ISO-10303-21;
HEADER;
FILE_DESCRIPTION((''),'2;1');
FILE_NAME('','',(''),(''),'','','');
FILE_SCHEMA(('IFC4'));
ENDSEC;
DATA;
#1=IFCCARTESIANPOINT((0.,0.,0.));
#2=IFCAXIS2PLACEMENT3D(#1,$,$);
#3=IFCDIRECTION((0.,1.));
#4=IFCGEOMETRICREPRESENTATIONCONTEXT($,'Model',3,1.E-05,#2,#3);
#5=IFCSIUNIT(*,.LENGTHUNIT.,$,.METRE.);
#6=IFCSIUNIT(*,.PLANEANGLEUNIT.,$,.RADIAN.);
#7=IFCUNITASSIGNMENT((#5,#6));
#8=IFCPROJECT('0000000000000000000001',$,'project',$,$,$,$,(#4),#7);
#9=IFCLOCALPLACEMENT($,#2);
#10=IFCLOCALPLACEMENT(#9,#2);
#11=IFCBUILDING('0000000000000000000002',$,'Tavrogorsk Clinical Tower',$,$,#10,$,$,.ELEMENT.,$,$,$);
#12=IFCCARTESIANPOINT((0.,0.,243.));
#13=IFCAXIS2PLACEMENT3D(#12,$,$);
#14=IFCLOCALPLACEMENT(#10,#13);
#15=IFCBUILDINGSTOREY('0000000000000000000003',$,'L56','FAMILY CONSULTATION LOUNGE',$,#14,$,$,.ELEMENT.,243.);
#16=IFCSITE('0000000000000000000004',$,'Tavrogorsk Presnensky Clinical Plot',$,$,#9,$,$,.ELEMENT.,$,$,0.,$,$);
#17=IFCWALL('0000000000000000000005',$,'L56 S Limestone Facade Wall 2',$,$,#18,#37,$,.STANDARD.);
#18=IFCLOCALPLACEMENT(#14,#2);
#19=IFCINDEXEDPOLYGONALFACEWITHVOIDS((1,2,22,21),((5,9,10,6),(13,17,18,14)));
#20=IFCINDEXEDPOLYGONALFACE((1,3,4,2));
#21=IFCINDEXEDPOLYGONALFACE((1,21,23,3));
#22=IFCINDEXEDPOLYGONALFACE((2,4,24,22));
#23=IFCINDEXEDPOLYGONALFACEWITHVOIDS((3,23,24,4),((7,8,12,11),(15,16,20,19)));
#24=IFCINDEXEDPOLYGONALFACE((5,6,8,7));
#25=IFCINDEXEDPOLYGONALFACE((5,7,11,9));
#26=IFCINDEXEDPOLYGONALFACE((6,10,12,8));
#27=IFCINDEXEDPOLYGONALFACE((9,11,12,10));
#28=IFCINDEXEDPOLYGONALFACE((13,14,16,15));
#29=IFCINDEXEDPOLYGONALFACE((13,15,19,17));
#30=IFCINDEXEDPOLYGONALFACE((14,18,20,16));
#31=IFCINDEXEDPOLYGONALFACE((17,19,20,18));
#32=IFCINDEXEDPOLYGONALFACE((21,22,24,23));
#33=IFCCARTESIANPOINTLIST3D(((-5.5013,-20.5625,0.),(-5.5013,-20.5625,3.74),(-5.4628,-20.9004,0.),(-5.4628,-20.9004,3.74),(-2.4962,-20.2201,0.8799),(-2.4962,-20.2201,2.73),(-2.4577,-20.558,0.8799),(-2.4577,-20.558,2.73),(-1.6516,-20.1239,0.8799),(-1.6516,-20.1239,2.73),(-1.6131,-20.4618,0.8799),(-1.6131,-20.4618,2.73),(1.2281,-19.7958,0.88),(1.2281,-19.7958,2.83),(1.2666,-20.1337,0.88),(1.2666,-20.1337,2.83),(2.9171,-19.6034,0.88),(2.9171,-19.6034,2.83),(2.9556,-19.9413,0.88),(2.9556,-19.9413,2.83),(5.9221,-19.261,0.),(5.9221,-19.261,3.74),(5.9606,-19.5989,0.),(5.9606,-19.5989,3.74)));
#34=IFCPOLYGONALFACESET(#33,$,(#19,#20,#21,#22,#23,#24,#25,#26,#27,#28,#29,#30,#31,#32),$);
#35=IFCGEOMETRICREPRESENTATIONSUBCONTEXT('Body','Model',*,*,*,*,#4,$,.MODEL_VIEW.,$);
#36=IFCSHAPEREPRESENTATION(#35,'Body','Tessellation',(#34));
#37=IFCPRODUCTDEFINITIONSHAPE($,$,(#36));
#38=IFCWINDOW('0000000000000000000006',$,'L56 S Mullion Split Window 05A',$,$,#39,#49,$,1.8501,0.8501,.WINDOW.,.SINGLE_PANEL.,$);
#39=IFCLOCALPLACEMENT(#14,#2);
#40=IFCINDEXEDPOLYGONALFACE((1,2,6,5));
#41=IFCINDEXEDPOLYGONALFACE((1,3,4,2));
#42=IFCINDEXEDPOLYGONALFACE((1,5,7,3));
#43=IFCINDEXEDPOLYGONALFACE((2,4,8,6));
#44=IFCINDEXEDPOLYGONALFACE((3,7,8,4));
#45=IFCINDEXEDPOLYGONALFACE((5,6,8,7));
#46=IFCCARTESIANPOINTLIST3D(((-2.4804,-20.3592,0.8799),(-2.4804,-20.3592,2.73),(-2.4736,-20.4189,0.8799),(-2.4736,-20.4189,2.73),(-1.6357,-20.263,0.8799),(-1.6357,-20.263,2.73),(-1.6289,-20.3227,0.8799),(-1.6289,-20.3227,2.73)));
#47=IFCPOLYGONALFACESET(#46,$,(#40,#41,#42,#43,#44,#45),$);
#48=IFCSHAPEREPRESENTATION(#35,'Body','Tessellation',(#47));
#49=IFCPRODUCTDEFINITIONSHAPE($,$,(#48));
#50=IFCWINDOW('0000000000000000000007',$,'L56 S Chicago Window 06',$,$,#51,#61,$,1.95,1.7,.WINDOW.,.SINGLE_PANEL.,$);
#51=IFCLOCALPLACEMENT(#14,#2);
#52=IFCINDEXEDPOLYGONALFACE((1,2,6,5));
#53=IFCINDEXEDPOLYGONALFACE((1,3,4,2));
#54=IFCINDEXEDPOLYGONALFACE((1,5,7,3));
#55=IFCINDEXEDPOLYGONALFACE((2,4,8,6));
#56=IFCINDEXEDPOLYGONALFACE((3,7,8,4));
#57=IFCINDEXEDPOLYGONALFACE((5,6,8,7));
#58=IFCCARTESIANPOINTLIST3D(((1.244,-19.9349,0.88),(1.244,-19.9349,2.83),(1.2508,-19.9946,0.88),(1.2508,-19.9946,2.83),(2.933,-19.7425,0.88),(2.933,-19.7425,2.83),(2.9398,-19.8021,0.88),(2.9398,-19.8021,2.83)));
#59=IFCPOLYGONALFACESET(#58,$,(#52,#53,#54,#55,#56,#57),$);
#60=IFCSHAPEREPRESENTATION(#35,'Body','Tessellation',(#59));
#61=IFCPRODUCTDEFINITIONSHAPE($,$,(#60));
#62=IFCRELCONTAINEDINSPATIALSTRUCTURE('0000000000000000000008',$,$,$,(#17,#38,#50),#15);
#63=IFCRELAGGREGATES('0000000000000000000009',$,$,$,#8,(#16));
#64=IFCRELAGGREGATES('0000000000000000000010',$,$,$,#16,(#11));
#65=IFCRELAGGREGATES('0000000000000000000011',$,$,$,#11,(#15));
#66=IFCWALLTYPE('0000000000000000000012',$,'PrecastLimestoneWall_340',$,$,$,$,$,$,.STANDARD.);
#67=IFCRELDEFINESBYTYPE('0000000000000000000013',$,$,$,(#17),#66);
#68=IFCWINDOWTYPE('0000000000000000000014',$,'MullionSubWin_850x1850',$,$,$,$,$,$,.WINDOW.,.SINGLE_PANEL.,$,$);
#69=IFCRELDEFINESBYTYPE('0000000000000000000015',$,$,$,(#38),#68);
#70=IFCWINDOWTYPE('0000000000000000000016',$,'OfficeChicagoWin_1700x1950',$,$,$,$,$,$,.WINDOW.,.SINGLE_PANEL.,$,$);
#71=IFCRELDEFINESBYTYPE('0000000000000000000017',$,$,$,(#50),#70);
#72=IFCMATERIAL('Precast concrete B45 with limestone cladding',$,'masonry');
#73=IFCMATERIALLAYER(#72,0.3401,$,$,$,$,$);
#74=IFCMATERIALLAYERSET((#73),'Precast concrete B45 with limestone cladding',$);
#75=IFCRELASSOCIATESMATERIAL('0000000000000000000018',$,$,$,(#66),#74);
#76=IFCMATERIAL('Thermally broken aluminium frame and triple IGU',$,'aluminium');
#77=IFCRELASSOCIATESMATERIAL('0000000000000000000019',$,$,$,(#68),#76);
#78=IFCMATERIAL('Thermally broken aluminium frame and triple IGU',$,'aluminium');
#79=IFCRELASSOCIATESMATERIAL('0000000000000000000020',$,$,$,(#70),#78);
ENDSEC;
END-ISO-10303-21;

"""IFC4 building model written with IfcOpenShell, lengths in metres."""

from ifc_helpers import new_model, si_unit, direction, frame, frame_2d, origin, place, context, subcontext, project, spatial, rectangle, extrude, material, layer, layer_set, type_object, element, fill, save


model = new_model("IFC4")

# Units and contexts
model_context = context("Model", 3, precision=1e-05, world=origin(), true_north=direction((0.0, 1.0)))
body_context = subcontext(model_context, "Body", "Model", "MODEL_VIEW")
ifc_project = project(units=[si_unit("LENGTHUNIT", "METRE"), si_unit("PLANEANGLEUNIT", "RADIAN")], contexts=[model_context])

# Site, building, storey
site_placement = place(None, origin())
site = spatial("IfcSite", under=ifc_project, at=site_placement, Name="Tavrogorsk Presnensky Clinical Plot", CompositionType="ELEMENT", RefElevation=0.0)
building_placement = place(site_placement, origin())
building = spatial("IfcBuilding", under=site, at=building_placement, Name="Tavrogorsk Clinical Tower", CompositionType="ELEMENT")
storey_placement = place(building_placement, frame((0.0, 0.0, 243.0)))
storey = spatial("IfcBuildingStorey", under=building, at=storey_placement, Name="L56", Description="FAMILY CONSULTATION LOUNGE", CompositionType="ELEMENT", Elevation=243.0)

# Wall, openings, windows
ifc_material_1 = material(Name="Precast concrete B45 with limestone cladding", Category="masonry")
ifc_layer_1 = layer(ifc_material_1, 0.3401)
ifc_layer_set_1 = layer_set([ifc_layer_1], Name="Precast concrete B45 with limestone cladding")
wall_type_1 = type_object("IfcWallType", Name="PrecastLimestoneWall_340", PredefinedType="STANDARD", material=ifc_layer_set_1)
wall_1_placement = place(storey_placement, frame((-5.4819, -20.7314, 0.0), z_axis=(0.0, 0.0, 1.0), x_axis=(0.993572, 0.113202, 0.0)))
wall_1 = element("IfcWall", 1, at=wall_1_placement, inside=storey, type_object=wall_type_1, Name="L56 S Limestone Facade Wall 2", PredefinedType="STANDARD", context=body_context, shape_type="SweptSolid", body=[
    extrude(rectangle(XDim=11.4973, YDim=0.3401, at=frame_2d((5.7485, 0.0))), origin(), (0.0, 0.0, 1.0), 3.74),
])
opening_1_placement = place(wall_1_placement, frame((3.0244, 0.0, 0.8799)))
opening_1 = element("IfcOpeningElement", 2, at=opening_1_placement, cuts=wall_1, PredefinedType="OPENING", context=body_context, shape_type="SweptSolid", body=[
    extrude(rectangle(XDim=0.8501, YDim=1.8501, at=frame_2d((0.425, 0.925))), frame((0.0, 0.1799, 0.0), z_axis=(0.0, -1.0, 0.0), x_axis=(1.0, 0.0, 0.0)), (0.0, 0.0, 1.0), 0.3601),
])
opening_2_placement = place(wall_1_placement, frame((6.7727, 0.0, 0.8799)))
opening_2 = element("IfcOpeningElement", 3, at=opening_2_placement, cuts=wall_1, PredefinedType="OPENING", context=body_context, shape_type="SweptSolid", body=[
    extrude(rectangle(XDim=1.7, YDim=1.95, at=frame_2d((0.8501, 0.9751))), frame((0.0, 0.1799, 0.0), z_axis=(0.0, -1.0, 0.0), x_axis=(1.0, 0.0, 0.0)), (0.0, 0.0, 1.0), 0.3601),
])
ifc_material_2 = material(Name="Thermally broken aluminium frame and triple IGU", Category="aluminium")
window_type_1 = type_object("IfcWindowType", Name="MullionSubWin_850x1850", PartitioningType="SINGLE_PANEL", PredefinedType="WINDOW", material=ifc_material_2)
window_1_placement = place(opening_1_placement, origin())
window_1 = element("IfcWindow", 4, at=window_1_placement, inside=storey, type_object=window_type_1, Name="L56 S Mullion Split Window 05A", OverallHeight=1.8501, OverallWidth=0.8501, PartitioningType="SINGLE_PANEL", PredefinedType="WINDOW", context=body_context, shape_type="SweptSolid", body=[
    extrude(rectangle(XDim=0.8501, YDim=1.8501, at=frame_2d((0.425, 0.925))), frame((0.0, 0.03, 0.0), z_axis=(0.0, -1.0, 0.0), x_axis=(1.0, 0.0, 0.0)), (0.0, 0.0, 1.0), 0.0601),
])
fill(opening_1, window_1)
ifc_material_3 = material(Name="Thermally broken aluminium frame and triple IGU", Category="aluminium")
window_type_2 = type_object("IfcWindowType", Name="OfficeChicagoWin_1700x1950", PartitioningType="SINGLE_PANEL", PredefinedType="WINDOW", material=ifc_material_3)
window_2_placement = place(opening_2_placement, origin())
window_2 = element("IfcWindow", 5, at=window_2_placement, inside=storey, type_object=window_type_2, Name="L56 S Chicago Window 06", OverallHeight=1.95, OverallWidth=1.7, PartitioningType="SINGLE_PANEL", PredefinedType="WINDOW", context=body_context, shape_type="SweptSolid", body=[
    extrude(rectangle(XDim=1.7, YDim=1.95, at=frame_2d((0.8501, 0.9751))), frame((0.0, 0.03, 0.0), z_axis=(0.0, -1.0, 0.0), x_axis=(1.0, 0.0, 0.0)), (0.0, 0.0, 1.0), 0.0601),
])
fill(opening_2, window_2)

save(model, "model.ifc")
